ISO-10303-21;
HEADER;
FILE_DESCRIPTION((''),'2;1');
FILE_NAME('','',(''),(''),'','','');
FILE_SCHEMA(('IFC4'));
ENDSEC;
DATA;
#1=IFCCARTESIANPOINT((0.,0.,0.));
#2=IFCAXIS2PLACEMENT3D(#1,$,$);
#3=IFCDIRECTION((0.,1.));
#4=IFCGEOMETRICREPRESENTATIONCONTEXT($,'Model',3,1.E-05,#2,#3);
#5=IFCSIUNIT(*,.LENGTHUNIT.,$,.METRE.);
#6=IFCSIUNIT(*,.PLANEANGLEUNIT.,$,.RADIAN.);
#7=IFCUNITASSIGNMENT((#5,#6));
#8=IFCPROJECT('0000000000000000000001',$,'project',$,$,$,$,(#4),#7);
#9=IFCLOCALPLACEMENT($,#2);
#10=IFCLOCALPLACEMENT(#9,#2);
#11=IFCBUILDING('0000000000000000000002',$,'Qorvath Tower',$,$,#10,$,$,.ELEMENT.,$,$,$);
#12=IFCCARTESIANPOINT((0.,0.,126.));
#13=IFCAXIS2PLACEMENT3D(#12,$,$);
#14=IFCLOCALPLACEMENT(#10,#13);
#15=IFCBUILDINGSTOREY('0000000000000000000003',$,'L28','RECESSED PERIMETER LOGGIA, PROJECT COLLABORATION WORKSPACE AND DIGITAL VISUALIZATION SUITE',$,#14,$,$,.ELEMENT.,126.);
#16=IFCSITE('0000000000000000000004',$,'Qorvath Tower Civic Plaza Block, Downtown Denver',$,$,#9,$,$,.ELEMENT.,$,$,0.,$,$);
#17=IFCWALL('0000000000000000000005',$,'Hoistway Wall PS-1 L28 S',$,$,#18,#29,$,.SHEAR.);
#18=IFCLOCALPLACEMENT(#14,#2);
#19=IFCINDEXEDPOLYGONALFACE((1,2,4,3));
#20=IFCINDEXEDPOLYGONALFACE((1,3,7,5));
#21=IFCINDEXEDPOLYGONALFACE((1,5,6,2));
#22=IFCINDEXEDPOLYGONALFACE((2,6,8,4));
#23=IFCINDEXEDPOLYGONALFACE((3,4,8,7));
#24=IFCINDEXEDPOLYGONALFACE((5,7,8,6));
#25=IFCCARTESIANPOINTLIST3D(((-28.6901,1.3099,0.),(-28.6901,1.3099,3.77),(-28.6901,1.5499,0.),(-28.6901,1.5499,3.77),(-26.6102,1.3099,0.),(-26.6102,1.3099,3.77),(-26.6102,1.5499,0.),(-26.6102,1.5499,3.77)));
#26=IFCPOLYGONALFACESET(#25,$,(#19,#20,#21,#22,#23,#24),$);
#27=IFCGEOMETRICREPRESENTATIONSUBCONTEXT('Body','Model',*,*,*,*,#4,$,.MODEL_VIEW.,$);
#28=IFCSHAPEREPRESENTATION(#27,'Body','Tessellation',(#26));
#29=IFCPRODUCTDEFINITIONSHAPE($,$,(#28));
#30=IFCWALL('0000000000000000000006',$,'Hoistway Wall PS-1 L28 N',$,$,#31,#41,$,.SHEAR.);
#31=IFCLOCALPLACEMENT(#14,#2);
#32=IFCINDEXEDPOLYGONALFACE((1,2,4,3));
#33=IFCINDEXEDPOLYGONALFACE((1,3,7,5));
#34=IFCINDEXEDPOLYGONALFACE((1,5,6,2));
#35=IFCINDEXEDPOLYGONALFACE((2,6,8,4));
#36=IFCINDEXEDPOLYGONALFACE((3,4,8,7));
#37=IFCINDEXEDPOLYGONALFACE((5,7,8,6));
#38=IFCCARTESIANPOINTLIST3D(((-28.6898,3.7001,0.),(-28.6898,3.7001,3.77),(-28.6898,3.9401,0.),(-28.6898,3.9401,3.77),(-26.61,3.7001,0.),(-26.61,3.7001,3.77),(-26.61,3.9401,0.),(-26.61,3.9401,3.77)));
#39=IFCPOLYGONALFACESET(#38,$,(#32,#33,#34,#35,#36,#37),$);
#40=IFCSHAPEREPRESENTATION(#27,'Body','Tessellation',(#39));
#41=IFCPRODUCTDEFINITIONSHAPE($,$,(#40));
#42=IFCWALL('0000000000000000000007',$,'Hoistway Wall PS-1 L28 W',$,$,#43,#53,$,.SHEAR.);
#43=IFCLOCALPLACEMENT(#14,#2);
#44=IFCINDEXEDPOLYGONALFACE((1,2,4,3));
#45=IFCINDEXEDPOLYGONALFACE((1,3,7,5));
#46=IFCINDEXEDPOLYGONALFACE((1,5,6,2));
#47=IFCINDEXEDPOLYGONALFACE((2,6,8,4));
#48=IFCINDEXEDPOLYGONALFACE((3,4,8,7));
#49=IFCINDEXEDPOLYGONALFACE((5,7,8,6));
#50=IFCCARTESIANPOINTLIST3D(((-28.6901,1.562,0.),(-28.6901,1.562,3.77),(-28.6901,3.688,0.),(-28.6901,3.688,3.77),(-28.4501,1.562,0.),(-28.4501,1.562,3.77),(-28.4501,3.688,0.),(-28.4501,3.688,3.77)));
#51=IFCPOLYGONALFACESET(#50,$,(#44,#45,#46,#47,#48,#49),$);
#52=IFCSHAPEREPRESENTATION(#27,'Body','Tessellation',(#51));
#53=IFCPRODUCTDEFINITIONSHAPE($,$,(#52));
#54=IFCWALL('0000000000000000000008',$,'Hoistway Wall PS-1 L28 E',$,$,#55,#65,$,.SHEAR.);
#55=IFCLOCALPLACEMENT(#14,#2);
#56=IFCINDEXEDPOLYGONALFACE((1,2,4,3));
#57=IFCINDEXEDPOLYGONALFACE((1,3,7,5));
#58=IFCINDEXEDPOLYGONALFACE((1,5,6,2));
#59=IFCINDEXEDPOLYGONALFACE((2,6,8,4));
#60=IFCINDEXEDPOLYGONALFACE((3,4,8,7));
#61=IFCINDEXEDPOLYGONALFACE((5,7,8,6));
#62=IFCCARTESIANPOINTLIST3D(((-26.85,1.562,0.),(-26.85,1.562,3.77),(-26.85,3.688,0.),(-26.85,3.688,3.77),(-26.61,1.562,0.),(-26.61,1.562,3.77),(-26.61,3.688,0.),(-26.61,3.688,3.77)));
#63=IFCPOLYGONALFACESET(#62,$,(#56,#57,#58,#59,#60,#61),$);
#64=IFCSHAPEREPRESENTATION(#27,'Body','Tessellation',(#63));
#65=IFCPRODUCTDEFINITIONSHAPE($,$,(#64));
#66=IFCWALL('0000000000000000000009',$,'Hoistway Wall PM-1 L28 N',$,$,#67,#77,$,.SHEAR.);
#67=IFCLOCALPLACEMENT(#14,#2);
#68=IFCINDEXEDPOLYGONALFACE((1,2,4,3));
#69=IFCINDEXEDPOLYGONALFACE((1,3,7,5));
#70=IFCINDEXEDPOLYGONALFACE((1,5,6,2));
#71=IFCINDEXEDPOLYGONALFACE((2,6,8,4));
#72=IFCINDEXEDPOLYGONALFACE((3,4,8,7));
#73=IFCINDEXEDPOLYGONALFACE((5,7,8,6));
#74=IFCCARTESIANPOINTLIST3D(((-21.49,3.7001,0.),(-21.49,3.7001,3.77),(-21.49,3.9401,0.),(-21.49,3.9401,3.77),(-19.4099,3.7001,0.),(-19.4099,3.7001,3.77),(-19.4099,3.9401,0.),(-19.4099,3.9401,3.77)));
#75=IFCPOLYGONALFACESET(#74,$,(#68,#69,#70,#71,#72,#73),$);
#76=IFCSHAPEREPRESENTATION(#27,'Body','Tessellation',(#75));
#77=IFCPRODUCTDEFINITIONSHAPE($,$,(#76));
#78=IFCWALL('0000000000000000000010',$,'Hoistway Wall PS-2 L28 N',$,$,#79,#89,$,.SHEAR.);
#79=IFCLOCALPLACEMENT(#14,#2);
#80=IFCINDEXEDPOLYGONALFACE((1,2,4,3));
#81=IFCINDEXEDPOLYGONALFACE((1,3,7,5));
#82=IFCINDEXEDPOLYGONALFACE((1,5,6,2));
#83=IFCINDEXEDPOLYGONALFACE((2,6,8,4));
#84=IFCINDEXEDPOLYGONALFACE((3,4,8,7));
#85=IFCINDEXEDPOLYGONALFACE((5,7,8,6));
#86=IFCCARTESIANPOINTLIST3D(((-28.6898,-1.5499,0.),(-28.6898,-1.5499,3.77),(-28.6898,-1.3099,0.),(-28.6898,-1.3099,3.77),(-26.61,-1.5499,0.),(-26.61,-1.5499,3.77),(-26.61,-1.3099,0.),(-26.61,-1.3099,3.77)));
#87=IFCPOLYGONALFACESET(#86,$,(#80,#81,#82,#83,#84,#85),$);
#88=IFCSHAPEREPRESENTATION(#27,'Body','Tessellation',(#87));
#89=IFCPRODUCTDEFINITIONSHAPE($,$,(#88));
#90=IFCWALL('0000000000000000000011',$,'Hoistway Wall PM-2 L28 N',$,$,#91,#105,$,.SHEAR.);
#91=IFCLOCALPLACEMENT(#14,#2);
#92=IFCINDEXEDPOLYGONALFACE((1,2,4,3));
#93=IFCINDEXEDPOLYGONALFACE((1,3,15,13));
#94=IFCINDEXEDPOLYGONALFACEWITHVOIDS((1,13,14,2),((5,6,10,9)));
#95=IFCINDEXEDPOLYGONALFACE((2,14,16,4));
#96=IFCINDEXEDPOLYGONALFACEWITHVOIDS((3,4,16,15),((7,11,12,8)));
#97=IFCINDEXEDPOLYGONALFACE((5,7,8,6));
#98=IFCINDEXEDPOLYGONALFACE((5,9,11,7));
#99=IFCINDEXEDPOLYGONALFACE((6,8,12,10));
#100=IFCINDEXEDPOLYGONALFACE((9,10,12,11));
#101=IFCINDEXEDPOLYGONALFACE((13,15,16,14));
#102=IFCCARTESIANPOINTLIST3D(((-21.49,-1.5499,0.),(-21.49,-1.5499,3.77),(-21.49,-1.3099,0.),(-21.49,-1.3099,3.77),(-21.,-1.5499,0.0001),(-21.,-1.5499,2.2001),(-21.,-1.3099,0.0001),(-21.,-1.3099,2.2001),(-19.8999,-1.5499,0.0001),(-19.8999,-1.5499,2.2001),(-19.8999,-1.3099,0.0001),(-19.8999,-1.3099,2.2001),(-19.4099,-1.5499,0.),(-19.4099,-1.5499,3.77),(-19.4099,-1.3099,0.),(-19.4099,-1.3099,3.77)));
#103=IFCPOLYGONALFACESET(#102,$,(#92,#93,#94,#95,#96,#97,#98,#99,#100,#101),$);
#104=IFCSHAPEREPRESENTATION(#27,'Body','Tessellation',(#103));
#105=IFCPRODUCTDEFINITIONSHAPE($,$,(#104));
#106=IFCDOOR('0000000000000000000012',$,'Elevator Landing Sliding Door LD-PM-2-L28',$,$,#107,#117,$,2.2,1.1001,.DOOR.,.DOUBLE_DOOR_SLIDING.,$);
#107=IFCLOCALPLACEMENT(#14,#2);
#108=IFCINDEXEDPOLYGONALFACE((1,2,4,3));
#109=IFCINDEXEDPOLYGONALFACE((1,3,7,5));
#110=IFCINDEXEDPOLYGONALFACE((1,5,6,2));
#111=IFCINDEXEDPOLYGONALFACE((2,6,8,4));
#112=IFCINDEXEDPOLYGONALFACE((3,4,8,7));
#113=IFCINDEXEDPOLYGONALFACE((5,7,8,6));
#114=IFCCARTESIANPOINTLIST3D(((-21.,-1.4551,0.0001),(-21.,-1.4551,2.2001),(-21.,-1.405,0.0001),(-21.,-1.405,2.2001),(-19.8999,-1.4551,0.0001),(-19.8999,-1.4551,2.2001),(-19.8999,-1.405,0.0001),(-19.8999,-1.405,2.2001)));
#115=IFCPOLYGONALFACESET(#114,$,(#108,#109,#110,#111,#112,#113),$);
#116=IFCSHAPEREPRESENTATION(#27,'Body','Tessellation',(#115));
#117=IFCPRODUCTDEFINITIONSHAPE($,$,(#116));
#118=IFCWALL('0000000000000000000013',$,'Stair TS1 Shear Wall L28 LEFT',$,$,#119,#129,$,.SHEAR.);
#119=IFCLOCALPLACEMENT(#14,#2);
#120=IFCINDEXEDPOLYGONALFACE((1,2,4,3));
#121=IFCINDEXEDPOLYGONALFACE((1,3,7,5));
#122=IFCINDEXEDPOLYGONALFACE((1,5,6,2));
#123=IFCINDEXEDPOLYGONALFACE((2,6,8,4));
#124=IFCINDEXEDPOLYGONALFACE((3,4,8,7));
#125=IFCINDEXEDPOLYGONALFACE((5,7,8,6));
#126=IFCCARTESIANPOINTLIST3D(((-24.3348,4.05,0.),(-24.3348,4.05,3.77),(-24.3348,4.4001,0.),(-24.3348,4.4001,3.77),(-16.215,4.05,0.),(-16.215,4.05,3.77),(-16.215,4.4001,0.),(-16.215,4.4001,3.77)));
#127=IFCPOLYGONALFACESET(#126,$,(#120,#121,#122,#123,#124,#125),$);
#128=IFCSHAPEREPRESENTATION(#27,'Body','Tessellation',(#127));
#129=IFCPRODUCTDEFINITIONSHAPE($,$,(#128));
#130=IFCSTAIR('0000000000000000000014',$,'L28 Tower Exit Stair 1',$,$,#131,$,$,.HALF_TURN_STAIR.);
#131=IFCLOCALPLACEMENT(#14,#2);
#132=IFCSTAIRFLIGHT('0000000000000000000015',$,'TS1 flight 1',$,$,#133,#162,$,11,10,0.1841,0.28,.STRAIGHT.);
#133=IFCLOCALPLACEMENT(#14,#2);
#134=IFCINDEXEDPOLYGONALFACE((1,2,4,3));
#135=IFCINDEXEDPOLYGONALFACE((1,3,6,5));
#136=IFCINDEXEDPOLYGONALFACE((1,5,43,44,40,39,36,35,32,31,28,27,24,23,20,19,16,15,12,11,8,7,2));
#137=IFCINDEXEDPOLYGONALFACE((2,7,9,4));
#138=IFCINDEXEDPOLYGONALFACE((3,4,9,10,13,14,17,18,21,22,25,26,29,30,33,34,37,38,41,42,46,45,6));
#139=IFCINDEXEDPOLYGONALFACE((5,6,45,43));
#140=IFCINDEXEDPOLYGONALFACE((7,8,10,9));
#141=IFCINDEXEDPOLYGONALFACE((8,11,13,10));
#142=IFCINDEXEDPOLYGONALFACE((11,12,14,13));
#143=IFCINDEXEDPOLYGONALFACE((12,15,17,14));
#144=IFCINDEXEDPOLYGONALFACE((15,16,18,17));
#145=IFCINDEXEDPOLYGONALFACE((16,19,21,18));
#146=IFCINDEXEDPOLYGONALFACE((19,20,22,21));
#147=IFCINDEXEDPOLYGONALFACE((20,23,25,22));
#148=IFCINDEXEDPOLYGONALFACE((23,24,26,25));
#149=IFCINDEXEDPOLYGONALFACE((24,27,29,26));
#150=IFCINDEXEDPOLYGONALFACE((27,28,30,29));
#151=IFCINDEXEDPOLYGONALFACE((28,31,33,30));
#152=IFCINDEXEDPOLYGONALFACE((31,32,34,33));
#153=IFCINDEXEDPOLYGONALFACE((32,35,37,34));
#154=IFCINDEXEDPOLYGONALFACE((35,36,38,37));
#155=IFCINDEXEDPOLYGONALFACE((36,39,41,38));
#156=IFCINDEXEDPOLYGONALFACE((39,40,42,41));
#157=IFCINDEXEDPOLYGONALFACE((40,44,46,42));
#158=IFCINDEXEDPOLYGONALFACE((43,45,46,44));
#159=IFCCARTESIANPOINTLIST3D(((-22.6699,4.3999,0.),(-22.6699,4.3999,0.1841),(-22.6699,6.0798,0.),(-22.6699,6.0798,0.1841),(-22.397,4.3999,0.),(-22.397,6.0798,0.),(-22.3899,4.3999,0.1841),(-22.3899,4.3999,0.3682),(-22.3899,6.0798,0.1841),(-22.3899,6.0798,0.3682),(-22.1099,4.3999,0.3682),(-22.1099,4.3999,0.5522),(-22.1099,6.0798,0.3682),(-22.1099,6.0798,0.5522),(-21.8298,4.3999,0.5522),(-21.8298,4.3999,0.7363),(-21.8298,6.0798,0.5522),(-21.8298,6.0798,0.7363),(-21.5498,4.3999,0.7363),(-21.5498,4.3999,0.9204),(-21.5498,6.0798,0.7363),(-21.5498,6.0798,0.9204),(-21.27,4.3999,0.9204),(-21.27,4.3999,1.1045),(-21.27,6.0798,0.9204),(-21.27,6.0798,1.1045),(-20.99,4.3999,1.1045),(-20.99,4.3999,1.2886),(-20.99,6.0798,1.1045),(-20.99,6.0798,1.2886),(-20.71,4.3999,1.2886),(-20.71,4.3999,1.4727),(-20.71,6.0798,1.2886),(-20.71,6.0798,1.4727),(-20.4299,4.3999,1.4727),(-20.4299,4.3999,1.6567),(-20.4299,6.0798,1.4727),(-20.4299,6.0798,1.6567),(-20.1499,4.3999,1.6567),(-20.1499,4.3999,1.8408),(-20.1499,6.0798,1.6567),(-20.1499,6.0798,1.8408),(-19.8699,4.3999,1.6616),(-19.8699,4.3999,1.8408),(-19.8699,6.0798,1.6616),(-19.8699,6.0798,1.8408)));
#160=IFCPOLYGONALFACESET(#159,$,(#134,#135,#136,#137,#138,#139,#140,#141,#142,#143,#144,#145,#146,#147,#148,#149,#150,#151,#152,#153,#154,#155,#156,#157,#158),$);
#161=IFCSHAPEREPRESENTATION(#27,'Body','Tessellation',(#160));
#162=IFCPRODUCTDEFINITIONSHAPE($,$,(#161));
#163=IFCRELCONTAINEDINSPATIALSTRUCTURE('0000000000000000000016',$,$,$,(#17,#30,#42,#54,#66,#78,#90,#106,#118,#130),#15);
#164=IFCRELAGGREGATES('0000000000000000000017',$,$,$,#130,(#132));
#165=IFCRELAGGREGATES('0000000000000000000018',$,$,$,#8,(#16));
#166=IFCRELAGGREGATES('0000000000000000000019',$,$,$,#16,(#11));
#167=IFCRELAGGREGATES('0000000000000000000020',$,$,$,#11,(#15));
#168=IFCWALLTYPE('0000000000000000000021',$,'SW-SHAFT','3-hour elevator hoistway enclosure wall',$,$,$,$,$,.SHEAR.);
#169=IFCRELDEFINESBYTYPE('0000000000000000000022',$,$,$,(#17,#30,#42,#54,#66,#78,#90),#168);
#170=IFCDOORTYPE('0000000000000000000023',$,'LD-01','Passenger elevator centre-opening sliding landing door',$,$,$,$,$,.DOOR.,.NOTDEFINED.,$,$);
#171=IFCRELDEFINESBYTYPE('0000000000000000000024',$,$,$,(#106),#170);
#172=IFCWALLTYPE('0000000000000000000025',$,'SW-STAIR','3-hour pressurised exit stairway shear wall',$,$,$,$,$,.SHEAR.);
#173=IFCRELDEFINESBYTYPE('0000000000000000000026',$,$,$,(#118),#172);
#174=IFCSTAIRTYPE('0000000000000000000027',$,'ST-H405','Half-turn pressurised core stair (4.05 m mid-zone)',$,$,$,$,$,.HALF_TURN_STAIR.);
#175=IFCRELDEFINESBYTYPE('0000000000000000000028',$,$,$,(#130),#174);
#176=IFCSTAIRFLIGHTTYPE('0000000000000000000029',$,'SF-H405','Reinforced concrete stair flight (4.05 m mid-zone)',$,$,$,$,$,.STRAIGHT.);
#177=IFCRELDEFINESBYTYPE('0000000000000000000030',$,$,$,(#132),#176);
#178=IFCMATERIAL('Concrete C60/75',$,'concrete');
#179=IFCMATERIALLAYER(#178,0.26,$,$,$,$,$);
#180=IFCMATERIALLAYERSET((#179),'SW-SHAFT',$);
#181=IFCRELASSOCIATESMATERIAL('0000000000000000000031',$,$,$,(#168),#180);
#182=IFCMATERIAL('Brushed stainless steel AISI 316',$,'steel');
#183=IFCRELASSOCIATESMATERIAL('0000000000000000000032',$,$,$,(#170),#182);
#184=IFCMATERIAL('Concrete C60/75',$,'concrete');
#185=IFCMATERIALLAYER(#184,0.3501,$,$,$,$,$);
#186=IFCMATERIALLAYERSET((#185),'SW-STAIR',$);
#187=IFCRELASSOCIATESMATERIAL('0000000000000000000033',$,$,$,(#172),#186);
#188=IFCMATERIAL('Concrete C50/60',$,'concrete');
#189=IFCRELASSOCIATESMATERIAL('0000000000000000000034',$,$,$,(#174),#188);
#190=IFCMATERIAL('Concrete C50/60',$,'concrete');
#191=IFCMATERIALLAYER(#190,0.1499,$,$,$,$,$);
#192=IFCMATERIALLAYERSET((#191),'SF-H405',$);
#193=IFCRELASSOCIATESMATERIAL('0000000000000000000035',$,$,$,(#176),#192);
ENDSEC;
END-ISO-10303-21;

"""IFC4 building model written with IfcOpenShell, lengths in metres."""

from ifc_helpers import new_model, si_unit, direction, frame, frame_2d, origin, place, context, subcontext, project, spatial, polyline, rectangle, outline, extrude, material, layer, layer_set, type_object, element, fill, aggregate, save


model = new_model("IFC4")

# Units and contexts
model_context = context("Model", 3, precision=1e-05, world=origin(), true_north=direction((0.0, 1.0)))
body_context = subcontext(model_context, "Body", "Model", "MODEL_VIEW")
ifc_project = project(units=[si_unit("LENGTHUNIT", "METRE"), si_unit("PLANEANGLEUNIT", "RADIAN")], contexts=[model_context])

# Site, building, storey
site_placement = place(None, origin())
site = spatial("IfcSite", under=ifc_project, at=site_placement, Name="Qorvath Tower Civic Plaza Block, Downtown Denver", CompositionType="ELEMENT", RefElevation=0.0)
building_placement = place(site_placement, origin())
building = spatial("IfcBuilding", under=site, at=building_placement, Name="Qorvath Tower", CompositionType="ELEMENT")
storey_placement = place(building_placement, frame((0.0, 0.0, 126.0)))
storey = spatial("IfcBuildingStorey", under=building, at=storey_placement, Name="L28", Description="RECESSED PERIMETER LOGGIA, PROJECT COLLABORATION WORKSPACE AND DIGITAL VISUALIZATION SUITE", CompositionType="ELEMENT", Elevation=126.0)

# Shared definitions
ifc_material_1 = material(Name="Concrete C60/75", Category="concrete")
ifc_layer_1 = layer(ifc_material_1, 0.26)
ifc_layer_set_1 = layer_set([ifc_layer_1], Name="SW-SHAFT")
wall_type_1 = type_object("IfcWallType", Name="SW-SHAFT", Description="3-hour elevator hoistway enclosure wall", PredefinedType="SHEAR", material=ifc_layer_set_1)

# Walls
for number, where, z_axis, x_axis, name in (
    (1, (-26.6101, 1.4299, 0.0), (0.0, 0.0, 1.0), (-1.0, 0.0, 0.0), "Hoistway Wall PS-1 L28 S"),
    (2, (-28.6899, 3.8201, 0.0), (0.0, 0.0, 1.0), (1.0, 0.0, 0.0), "Hoistway Wall PS-1 L28 N"),
):
    element("IfcWall", number, at=place(storey_placement, frame(where, z_axis=z_axis, x_axis=x_axis)), inside=storey, type_object=wall_type_1, Name=name, PredefinedType="SHEAR", context=body_context, shape_type="SweptSolid", body=[
        extrude(rectangle(XDim=2.0798, YDim=0.24, at=frame_2d((1.04, 0.0))), origin(), (0.0, 0.0, 1.0), 3.77),
    ])
for number, where, z_axis, x_axis, name in (
    (3, (-28.5701, 1.562, 0.0), (0.0, 0.0, 1.0), (0.0, 1.0, 0.0), "Hoistway Wall PS-1 L28 W"),
    (4, (-26.73, 3.688, 0.0), (0.0, 0.0, 1.0), (0.0, -1.0, 0.0), "Hoistway Wall PS-1 L28 E"),
):
    element("IfcWall", number, at=place(storey_placement, frame(where, z_axis=z_axis, x_axis=x_axis)), inside=storey, type_object=wall_type_1, Name=name, PredefinedType="SHEAR", context=body_context, shape_type="SweptSolid", body=[
        extrude(rectangle(XDim=2.126, YDim=0.24, at=frame_2d((1.063, 0.0))), origin(), (0.0, 0.0, 1.0), 3.77),
    ])
wall_1_placement = place(storey_placement, frame((-21.49, 3.8201, 0.0), z_axis=(0.0, 0.0, 1.0), x_axis=(1.0, 0.0, 0.0)))
element("IfcWall", 5, at=wall_1_placement, inside=storey, type_object=wall_type_1, Name="Hoistway Wall PM-1 L28 N", PredefinedType="SHEAR", context=body_context, shape_type="SweptSolid", body=[
    extrude(rectangle(XDim=2.0801, YDim=0.24, at=frame_2d((1.04, 0.0))), origin(), (0.0, 0.0, 1.0), 3.77),
])
wall_2_placement = place(storey_placement, frame((-28.6899, -1.4299, 0.0), z_axis=(0.0, 0.0, 1.0), x_axis=(1.0, 0.0, 0.0)))
element("IfcWall", 6, at=wall_2_placement, inside=storey, type_object=wall_type_1, Name="Hoistway Wall PS-2 L28 N", PredefinedType="SHEAR", context=body_context, shape_type="SweptSolid", body=[
    extrude(rectangle(XDim=2.0798, YDim=0.24, at=frame_2d((1.04, 0.0))), origin(), (0.0, 0.0, 1.0), 3.77),
])

# Wall, opening, door
wall_3_placement = place(storey_placement, frame((-21.49, -1.4299, 0.0), z_axis=(0.0, 0.0, 1.0), x_axis=(1.0, 0.0, 0.0)))
wall_3 = element("IfcWall", 7, at=wall_3_placement, inside=storey, type_object=wall_type_1, Name="Hoistway Wall PM-2 L28 N", PredefinedType="SHEAR", context=body_context, shape_type="SweptSolid", body=[
    extrude(rectangle(XDim=2.0801, YDim=0.24, at=frame_2d((1.04, 0.0))), origin(), (0.0, 0.0, 1.0), 3.77),
])
opening_1_placement = place(wall_3_placement, frame((0.49, 0.0, 0.0)))
opening_1 = element("IfcOpeningElement", 8, at=opening_1_placement, cuts=wall_3, PredefinedType="OPENING", context=body_context, shape_type="SweptSolid", body=[
    extrude(rectangle(XDim=1.1001, YDim=2.2, at=frame_2d((0.55, 1.1001))), frame((0.0, 0.1299, 0.0), z_axis=(0.0, -1.0, 0.0), x_axis=(1.0, 0.0, 0.0)), (0.0, 0.0, 1.0), 0.26),
])
ifc_material_2 = material(Name="Brushed stainless steel AISI 316", Category="steel")
door_type_1 = type_object("IfcDoorType", Name="LD-01", Description="Passenger elevator centre-opening sliding landing door", OperationType="NOTDEFINED", PredefinedType="DOOR", material=ifc_material_2)
door_1_placement = place(opening_1_placement, origin())
door_1 = element("IfcDoor", 9, at=door_1_placement, inside=storey, type_object=door_type_1, Name="Elevator Landing Sliding Door LD-PM-2-L28", OperationType="DOUBLE_DOOR_SLIDING", OverallHeight=2.2, OverallWidth=1.1001, PredefinedType="DOOR", context=body_context, shape_type="SweptSolid", body=[
    extrude(rectangle(XDim=1.1001, YDim=2.2, at=frame_2d((0.55, 1.1001))), frame((0.0, 0.0249, 0.0), z_axis=(0.0, -1.0, 0.0), x_axis=(1.0, 0.0, 0.0)), (0.0, 0.0, 1.0), 0.05),
])
fill(opening_1, door_1)

# Wall
ifc_material_3 = material(Name="Concrete C60/75", Category="concrete")
ifc_layer_2 = layer(ifc_material_3, 0.3501)
ifc_layer_set_2 = layer_set([ifc_layer_2], Name="SW-STAIR")
wall_type_2 = type_object("IfcWallType", Name="SW-STAIR", Description="3-hour pressurised exit stairway shear wall", PredefinedType="SHEAR", material=ifc_layer_set_2)
wall_4_placement = place(storey_placement, frame((-24.335, 4.2251, 0.0), z_axis=(0.0, 0.0, 1.0), x_axis=(1.0, 0.0, 0.0)))
element("IfcWall", 10, at=wall_4_placement, inside=storey, type_object=wall_type_2, Name="Stair TS1 Shear Wall L28 LEFT", PredefinedType="SHEAR", context=body_context, shape_type="SweptSolid", body=[
    extrude(rectangle(XDim=8.1199, YDim=0.3501, at=frame_2d((4.0601, 0.0))), origin(), (0.0, 0.0, 1.0), 3.77),
])

# Stair, stair flight
ifc_material_4 = material(Name="Concrete C50/60", Category="concrete")
stair_type = type_object("IfcStairType", Name="ST-H405", Description="Half-turn pressurised core stair (4.05 m mid-zone)", PredefinedType="HALF_TURN_STAIR", material=ifc_material_4)
stair_placement = place(storey_placement, origin())
stair = element("IfcStair", 11, at=stair_placement, inside=storey, type_object=stair_type, Name="L28 Tower Exit Stair 1", PredefinedType="HALF_TURN_STAIR")
ifc_material_5 = material(Name="Concrete C50/60", Category="concrete")
ifc_layer_3 = layer(ifc_material_5, 0.1499)
ifc_layer_set_3 = layer_set([ifc_layer_3], Name="SF-H405")
stair_flight_type = type_object("IfcStairFlightType", Name="SF-H405", Description="Reinforced concrete stair flight (4.05 m mid-zone)", PredefinedType="STRAIGHT", material=ifc_layer_set_3)
stair_flight_placement = place(storey_placement, frame((-22.6699, 5.24, 0.0), z_axis=(0.0, 0.0, 1.0), x_axis=(1.0, 0.0, 0.0)))
stair_flight = element("IfcStairFlight", 12, at=stair_flight_placement, type_object=stair_flight_type, Name="TS1 flight 1", NumberOfRisers=11, NumberOfTreads=10, PredefinedType="STRAIGHT", RiserHeight=0.1841, TreadLength=0.28, context=body_context, shape_type="SweptSolid", body=[
    extrude(outline(polyline([(0.0, 0.0), (0.0, 0.1841), (0.28, 0.1841), (0.28, 0.3682), (0.5601, 0.3682), (0.5601, 0.5522), (0.8401, 0.5522), (0.8401, 0.7363), (1.1201, 0.7363), (1.1201, 0.9204), (1.3999, 0.9204), (1.3999, 1.1045), (1.6799, 1.1045), (1.6799, 1.2886), (1.96, 1.2886), (1.96, 1.4727), (2.24, 1.4727), (2.24, 1.6567), (2.52, 1.6567), (2.52, 1.8408), (2.8, 1.8408), (2.8, 2.0249), (2.8, 1.6616), (0.2729, 0.0), (0.0, 0.0)])), frame((0.0, 0.8398, 0.0), z_axis=(0.0, -1.0, 0.0), x_axis=(1.0, 0.0, 0.0)), (0.0, 0.0, 1.0), 1.6799),
])
aggregate(stair, [stair_flight])

save(model, "model.ifc")
